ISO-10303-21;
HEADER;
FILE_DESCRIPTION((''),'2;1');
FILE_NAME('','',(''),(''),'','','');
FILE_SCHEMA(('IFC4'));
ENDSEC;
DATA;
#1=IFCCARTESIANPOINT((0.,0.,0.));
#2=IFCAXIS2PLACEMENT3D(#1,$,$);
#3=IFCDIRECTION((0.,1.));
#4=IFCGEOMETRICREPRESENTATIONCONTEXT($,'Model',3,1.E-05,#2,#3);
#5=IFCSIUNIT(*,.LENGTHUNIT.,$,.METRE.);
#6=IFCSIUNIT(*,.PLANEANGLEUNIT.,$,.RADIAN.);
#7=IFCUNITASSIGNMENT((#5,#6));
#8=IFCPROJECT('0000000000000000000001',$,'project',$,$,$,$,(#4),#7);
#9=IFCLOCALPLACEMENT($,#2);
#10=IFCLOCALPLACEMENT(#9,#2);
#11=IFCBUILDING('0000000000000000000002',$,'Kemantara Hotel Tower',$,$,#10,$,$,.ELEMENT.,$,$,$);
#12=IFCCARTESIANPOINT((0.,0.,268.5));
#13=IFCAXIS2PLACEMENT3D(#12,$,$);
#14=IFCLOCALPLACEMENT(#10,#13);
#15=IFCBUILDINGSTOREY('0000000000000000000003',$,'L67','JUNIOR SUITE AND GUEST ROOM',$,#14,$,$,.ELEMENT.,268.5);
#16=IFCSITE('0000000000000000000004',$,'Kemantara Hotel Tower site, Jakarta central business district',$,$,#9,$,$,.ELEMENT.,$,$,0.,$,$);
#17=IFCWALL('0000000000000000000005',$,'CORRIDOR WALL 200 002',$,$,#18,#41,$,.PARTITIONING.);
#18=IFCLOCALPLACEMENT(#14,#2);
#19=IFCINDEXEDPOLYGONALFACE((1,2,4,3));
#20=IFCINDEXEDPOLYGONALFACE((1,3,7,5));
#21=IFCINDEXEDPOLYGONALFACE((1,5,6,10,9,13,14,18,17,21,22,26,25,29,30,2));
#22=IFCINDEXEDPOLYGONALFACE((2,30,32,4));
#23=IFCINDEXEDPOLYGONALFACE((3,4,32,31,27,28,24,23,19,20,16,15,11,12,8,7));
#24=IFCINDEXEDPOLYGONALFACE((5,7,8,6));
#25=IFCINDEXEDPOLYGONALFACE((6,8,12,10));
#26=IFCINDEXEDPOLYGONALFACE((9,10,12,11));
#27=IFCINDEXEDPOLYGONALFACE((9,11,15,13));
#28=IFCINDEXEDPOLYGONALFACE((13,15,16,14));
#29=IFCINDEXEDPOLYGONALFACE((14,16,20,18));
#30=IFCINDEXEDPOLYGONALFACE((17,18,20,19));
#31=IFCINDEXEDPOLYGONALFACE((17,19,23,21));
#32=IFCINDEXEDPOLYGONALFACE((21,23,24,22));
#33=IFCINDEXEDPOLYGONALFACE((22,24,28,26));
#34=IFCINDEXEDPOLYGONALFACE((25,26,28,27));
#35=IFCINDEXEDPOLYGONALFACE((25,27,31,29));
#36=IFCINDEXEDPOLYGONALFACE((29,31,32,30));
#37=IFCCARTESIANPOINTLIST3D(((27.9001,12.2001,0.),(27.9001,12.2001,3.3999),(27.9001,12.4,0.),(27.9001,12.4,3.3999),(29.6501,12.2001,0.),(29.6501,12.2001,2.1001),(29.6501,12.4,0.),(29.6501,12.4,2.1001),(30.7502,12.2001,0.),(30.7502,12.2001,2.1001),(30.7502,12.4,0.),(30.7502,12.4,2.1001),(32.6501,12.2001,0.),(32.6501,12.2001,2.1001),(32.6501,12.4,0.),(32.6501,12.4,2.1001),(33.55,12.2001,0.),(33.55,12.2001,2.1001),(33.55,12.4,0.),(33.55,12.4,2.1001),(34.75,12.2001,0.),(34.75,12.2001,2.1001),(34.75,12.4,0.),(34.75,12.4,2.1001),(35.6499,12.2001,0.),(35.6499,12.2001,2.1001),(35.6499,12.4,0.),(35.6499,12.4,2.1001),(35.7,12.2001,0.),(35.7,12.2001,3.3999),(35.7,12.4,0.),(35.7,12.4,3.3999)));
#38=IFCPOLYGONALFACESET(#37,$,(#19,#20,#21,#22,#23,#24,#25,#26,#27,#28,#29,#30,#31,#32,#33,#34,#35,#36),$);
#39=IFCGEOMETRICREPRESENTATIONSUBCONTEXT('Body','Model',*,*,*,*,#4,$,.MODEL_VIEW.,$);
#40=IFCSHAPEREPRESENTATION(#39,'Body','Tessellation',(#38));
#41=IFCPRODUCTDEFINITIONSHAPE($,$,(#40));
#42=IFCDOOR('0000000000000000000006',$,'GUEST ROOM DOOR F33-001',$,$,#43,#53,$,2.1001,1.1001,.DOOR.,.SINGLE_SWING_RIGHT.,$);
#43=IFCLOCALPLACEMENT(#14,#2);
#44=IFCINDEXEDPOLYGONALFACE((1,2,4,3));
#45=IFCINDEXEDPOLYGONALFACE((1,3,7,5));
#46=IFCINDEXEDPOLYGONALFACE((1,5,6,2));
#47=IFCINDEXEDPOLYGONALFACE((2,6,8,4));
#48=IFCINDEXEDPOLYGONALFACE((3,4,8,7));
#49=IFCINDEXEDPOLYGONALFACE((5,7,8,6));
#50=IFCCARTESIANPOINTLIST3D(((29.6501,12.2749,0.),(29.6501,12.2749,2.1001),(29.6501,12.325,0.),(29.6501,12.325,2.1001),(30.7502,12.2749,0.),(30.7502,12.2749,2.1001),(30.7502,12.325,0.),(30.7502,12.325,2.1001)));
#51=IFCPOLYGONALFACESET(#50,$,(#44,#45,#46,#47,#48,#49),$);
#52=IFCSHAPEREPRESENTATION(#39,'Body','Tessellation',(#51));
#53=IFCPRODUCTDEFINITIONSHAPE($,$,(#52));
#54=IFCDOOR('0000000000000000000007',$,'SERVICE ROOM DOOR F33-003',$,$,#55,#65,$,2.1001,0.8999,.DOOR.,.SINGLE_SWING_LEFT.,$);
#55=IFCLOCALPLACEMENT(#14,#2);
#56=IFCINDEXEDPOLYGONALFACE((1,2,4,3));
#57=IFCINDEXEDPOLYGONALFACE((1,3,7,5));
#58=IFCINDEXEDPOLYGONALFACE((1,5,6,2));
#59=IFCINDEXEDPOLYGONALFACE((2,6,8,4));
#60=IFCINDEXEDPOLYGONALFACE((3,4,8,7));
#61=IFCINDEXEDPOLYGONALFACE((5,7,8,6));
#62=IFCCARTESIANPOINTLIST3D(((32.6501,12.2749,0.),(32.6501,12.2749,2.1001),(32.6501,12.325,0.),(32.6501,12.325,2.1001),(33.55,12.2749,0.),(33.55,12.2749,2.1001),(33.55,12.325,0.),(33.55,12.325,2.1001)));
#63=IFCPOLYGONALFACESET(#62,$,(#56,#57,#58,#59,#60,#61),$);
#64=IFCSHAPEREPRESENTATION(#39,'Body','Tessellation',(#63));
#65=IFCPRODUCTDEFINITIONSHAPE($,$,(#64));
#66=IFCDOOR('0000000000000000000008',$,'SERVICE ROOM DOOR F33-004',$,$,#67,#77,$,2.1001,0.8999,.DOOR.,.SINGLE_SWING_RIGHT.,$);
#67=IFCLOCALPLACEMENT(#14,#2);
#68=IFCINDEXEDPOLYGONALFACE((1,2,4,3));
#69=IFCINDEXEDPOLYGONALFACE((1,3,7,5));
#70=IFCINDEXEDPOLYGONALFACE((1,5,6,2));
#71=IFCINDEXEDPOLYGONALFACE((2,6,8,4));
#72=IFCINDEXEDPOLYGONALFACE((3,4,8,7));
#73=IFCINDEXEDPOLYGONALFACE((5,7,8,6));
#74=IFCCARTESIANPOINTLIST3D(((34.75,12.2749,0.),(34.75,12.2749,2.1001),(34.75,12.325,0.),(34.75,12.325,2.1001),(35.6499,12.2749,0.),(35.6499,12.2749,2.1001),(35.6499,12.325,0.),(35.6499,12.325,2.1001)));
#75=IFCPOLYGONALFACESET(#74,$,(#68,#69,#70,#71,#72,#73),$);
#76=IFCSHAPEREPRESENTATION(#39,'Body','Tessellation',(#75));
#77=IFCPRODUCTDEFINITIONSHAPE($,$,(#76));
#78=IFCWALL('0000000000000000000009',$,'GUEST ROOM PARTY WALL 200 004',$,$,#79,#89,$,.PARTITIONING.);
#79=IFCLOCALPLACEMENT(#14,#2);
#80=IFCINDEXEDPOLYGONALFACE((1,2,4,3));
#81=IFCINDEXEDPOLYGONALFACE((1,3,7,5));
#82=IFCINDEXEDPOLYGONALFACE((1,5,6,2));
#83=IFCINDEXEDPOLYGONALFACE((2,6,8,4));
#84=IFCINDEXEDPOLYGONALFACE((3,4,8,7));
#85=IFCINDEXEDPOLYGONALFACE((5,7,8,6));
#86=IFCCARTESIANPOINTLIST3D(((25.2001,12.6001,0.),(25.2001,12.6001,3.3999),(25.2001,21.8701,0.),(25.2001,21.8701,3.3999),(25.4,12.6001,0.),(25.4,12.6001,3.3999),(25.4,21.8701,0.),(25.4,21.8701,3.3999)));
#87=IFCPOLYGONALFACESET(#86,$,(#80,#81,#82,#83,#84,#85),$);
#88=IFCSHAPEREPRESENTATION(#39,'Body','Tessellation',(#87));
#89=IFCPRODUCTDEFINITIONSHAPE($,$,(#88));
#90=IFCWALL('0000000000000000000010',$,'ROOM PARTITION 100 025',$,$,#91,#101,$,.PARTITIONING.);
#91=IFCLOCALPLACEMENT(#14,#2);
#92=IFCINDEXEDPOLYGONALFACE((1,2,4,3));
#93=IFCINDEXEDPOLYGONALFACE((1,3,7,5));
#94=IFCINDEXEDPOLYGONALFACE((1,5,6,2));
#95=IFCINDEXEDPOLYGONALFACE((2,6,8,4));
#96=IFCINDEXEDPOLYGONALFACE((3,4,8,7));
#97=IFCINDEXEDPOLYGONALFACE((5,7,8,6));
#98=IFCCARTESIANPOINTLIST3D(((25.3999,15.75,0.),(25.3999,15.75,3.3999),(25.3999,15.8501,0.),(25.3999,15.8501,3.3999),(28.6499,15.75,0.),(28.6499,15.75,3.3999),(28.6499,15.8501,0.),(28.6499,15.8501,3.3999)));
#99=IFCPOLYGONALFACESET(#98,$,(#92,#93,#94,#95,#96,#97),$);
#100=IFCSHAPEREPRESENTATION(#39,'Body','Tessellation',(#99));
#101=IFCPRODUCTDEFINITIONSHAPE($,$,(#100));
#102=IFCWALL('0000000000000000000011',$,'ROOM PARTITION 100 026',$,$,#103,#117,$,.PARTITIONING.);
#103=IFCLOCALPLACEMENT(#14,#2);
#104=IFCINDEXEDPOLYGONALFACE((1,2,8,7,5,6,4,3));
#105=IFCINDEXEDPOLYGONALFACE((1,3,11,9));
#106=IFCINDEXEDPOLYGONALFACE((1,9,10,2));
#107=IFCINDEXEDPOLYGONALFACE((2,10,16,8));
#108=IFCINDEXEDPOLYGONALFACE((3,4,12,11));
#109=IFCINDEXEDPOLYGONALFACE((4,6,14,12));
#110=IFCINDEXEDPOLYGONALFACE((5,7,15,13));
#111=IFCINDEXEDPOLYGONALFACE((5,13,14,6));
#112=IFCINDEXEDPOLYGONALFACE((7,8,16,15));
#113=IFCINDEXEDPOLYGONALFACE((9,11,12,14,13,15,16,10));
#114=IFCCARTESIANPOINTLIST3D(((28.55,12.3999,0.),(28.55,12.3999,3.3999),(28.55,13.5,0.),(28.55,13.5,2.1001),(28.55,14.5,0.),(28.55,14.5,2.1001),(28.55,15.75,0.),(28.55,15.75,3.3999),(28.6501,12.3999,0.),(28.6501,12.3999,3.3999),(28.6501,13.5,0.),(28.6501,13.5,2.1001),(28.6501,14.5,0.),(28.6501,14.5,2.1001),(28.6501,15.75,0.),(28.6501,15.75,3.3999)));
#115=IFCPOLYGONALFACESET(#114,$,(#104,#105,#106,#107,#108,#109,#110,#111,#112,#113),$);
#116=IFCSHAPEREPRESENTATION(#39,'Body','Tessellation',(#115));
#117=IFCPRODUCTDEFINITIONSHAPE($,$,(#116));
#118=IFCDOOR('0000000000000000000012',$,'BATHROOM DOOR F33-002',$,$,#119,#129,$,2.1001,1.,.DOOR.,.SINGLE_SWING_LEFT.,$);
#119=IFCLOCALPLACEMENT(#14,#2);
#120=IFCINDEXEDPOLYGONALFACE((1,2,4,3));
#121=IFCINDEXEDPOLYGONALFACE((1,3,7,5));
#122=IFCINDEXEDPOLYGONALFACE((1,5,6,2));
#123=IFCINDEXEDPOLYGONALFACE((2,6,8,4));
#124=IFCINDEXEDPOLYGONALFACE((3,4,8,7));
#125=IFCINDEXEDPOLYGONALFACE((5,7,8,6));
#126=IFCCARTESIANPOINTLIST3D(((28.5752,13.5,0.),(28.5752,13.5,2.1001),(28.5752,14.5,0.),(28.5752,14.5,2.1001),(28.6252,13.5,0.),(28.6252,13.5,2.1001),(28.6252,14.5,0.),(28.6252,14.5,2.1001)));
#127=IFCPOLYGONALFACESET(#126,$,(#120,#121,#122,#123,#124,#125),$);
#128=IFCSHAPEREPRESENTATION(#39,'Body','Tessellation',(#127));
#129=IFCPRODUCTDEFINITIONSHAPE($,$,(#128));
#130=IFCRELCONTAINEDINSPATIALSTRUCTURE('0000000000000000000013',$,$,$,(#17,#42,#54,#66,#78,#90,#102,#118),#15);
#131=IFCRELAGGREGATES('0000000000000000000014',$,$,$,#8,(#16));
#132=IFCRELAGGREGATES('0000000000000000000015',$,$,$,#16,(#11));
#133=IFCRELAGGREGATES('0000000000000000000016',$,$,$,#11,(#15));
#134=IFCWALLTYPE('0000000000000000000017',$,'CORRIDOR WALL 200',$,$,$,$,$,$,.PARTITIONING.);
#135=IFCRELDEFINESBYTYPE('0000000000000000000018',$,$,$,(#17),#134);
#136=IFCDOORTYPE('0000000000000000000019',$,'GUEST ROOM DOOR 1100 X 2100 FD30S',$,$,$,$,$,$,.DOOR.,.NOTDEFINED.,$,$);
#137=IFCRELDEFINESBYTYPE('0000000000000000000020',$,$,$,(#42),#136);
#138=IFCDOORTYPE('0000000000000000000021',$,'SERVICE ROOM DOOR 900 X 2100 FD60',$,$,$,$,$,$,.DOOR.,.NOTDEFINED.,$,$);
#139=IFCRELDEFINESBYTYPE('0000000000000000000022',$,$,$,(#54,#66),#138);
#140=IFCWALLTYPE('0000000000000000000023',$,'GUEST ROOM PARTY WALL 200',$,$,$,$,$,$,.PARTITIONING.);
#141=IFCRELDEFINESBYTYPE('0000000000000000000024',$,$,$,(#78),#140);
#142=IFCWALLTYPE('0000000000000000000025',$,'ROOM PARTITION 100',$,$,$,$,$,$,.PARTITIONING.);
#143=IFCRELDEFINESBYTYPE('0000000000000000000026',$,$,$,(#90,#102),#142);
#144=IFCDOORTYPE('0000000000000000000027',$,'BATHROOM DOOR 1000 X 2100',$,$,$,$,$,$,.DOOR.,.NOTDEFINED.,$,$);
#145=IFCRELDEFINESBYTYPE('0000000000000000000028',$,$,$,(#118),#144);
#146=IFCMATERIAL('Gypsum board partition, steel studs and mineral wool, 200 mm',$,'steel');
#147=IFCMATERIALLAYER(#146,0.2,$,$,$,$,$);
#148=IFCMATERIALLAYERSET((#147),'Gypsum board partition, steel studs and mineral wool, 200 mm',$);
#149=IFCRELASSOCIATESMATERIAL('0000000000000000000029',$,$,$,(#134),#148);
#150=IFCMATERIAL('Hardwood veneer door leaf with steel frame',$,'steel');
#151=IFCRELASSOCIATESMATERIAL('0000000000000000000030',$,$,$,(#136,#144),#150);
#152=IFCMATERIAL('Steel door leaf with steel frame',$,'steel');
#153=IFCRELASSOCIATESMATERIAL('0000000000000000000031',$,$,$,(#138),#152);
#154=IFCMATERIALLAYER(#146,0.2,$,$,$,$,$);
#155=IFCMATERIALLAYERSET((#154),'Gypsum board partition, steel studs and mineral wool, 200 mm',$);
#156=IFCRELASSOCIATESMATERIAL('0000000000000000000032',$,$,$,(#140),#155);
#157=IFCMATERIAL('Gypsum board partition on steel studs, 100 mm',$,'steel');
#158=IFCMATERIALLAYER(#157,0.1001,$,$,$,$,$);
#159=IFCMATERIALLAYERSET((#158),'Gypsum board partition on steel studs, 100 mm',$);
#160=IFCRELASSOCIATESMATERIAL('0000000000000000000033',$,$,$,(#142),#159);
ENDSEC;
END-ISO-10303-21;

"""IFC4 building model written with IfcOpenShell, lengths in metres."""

from ifc_helpers import new_model, si_unit, direction, frame, frame_2d, origin, place, context, subcontext, project, spatial, rectangle, extrude, material, layer, layer_set, type_object, element, fill, save


model = new_model("IFC4")

# Units and contexts
model_context = context("Model", 3, precision=1e-05, world=origin(), true_north=direction((0.0, 1.0)))
body_context = subcontext(model_context, "Body", "Model", "MODEL_VIEW")
ifc_project = project(units=[si_unit("LENGTHUNIT", "METRE"), si_unit("PLANEANGLEUNIT", "RADIAN")], contexts=[model_context])

# Site, building, storey
site_placement = place(None, origin())
site = spatial("IfcSite", under=ifc_project, at=site_placement, Name="Kemantara Hotel Tower site, Jakarta central business district", CompositionType="ELEMENT", RefElevation=0.0)
building_placement = place(site_placement, origin())
building = spatial("IfcBuilding", under=site, at=building_placement, Name="Kemantara Hotel Tower", CompositionType="ELEMENT")
storey_placement = place(building_placement, frame((0.0, 0.0, 268.5)))
storey = spatial("IfcBuildingStorey", under=building, at=storey_placement, Name="L67", Description="JUNIOR SUITE AND GUEST ROOM", CompositionType="ELEMENT", Elevation=268.5)

# Shared definitions
ifc_material_1 = material(Name="Gypsum board partition, steel studs and mineral wool, 200 mm", Category="steel")
ifc_layer_1 = layer(ifc_material_1, 0.2)
ifc_layer_set_1 = layer_set([ifc_layer_1], Name="Gypsum board partition, steel studs and mineral wool, 200 mm")
wall_type_1 = type_object("IfcWallType", Name="CORRIDOR WALL 200", PredefinedType="PARTITIONING", material=ifc_layer_set_1)

# Wall, openings, doors
wall_1_placement = place(storey_placement, frame((27.9001, 12.3, 0.0), z_axis=(0.0, 0.0, 1.0), x_axis=(1.0, 0.0, 0.0)))
wall_1 = element("IfcWall", 1, at=wall_1_placement, inside=storey, type_object=wall_type_1, Name="CORRIDOR WALL 200 002", PredefinedType="PARTITIONING", context=body_context, shape_type="SweptSolid", body=[
    extrude(rectangle(XDim=7.7998, YDim=0.2, at=frame_2d((3.8999, 0.0))), origin(), (0.0, 0.0, 1.0), 3.3999),
])
opening_1_placement = place(wall_1_placement, frame((1.75, 0.0, 0.0)))
opening_1 = element("IfcOpeningElement", 2, at=opening_1_placement, cuts=wall_1, PredefinedType="OPENING", context=body_context, shape_type="SweptSolid", body=[
    extrude(rectangle(XDim=1.1001, YDim=2.1001, at=frame_2d((0.55, 1.05))), frame((0.0, 0.1099, 0.0), z_axis=(0.0, -1.0, 0.0), x_axis=(1.0, 0.0, 0.0)), (0.0, 0.0, 1.0), 0.22),
])
opening_2_placement = place(wall_1_placement, frame((4.75, 0.0, 0.0)))
opening_2 = element("IfcOpeningElement", 3, at=opening_2_placement, cuts=wall_1, PredefinedType="OPENING", context=body_context, shape_type="SweptSolid", body=[
    extrude(rectangle(XDim=0.8999, YDim=2.1001, at=frame_2d((0.45, 1.05))), frame((0.0, 0.1099, 0.0), z_axis=(0.0, -1.0, 0.0), x_axis=(1.0, 0.0, 0.0)), (0.0, 0.0, 1.0), 0.22),
])
opening_3_placement = place(wall_1_placement, frame((6.8499, 0.0, 0.0)))
opening_3 = element("IfcOpeningElement", 4, at=opening_3_placement, cuts=wall_1, PredefinedType="OPENING", context=body_context, shape_type="SweptSolid", body=[
    extrude(rectangle(XDim=0.8999, YDim=2.1001, at=frame_2d((0.45, 1.05))), frame((0.0, 0.1099, 0.0), z_axis=(0.0, -1.0, 0.0), x_axis=(1.0, 0.0, 0.0)), (0.0, 0.0, 1.0), 0.22),
])
ifc_material_2 = material(Name="Hardwood veneer door leaf with steel frame", Category="steel")
door_type_1 = type_object("IfcDoorType", Name="GUEST ROOM DOOR 1100 X 2100 FD30S", OperationType="NOTDEFINED", PredefinedType="DOOR", material=ifc_material_2)
door_1_placement = place(opening_1_placement, origin())
door_1 = element("IfcDoor", 5, at=door_1_placement, inside=storey, type_object=door_type_1, Name="GUEST ROOM DOOR F33-001", OperationType="SINGLE_SWING_RIGHT", OverallHeight=2.1001, OverallWidth=1.1001, PredefinedType="DOOR", context=body_context, shape_type="SweptSolid", body=[
    extrude(rectangle(XDim=1.1001, YDim=2.1001, at=frame_2d((0.55, 1.05))), frame((0.0, 0.0249, 0.0), z_axis=(0.0, -1.0, 0.0), x_axis=(1.0, 0.0, 0.0)), (0.0, 0.0, 1.0), 0.05),
])
fill(opening_1, door_1)
ifc_material_3 = material(Name="Steel door leaf with steel frame", Category="steel")
door_type_2 = type_object("IfcDoorType", Name="SERVICE ROOM DOOR 900 X 2100 FD60", OperationType="NOTDEFINED", PredefinedType="DOOR", material=ifc_material_3)
door_2_placement = place(opening_2_placement, origin())
door_2 = element("IfcDoor", 6, at=door_2_placement, inside=storey, type_object=door_type_2, Name="SERVICE ROOM DOOR F33-003", OperationType="SINGLE_SWING_LEFT", OverallHeight=2.1001, OverallWidth=0.8999, PredefinedType="DOOR", context=body_context, shape_type="SweptSolid", body=[
    extrude(rectangle(XDim=0.8999, YDim=2.1001, at=frame_2d((0.45, 1.05))), frame((0.0, 0.0249, 0.0), z_axis=(0.0, -1.0, 0.0), x_axis=(1.0, 0.0, 0.0)), (0.0, 0.0, 1.0), 0.05),
])
fill(opening_2, door_2)
door_3_placement = place(opening_3_placement, origin())
door_3 = element("IfcDoor", 7, at=door_3_placement, inside=storey, type_object=door_type_2, Name="SERVICE ROOM DOOR F33-004", OperationType="SINGLE_SWING_RIGHT", OverallHeight=2.1001, OverallWidth=0.8999, PredefinedType="DOOR", context=body_context, shape_type="SweptSolid", body=[
    extrude(rectangle(XDim=0.8999, YDim=2.1001, at=frame_2d((0.45, 1.05))), frame((0.0, 0.0249, 0.0), z_axis=(0.0, -1.0, 0.0), x_axis=(1.0, 0.0, 0.0)), (0.0, 0.0, 1.0), 0.05),
])
fill(opening_3, door_3)

# Walls
ifc_layer_2 = layer(ifc_material_1, 0.2)
ifc_layer_set_2 = layer_set([ifc_layer_2], Name="Gypsum board partition, steel studs and mineral wool, 200 mm")
wall_type_2 = type_object("IfcWallType", Name="GUEST ROOM PARTY WALL 200", PredefinedType="PARTITIONING", material=ifc_layer_set_2)
wall_2_placement = place(storey_placement, frame((25.3, 12.6001, 0.0), z_axis=(0.0, 0.0, 1.0), x_axis=(0.0, 1.0, 0.0)))
element("IfcWall", 8, at=wall_2_placement, inside=storey, type_object=wall_type_2, Name="GUEST ROOM PARTY WALL 200 004", PredefinedType="PARTITIONING", context=body_context, shape_type="SweptSolid", body=[
    extrude(rectangle(XDim=9.27, YDim=0.2, at=frame_2d((4.635, 0.0))), origin(), (0.0, 0.0, 1.0), 3.3999),
])
ifc_material_4 = material(Name="Gypsum board partition on steel studs, 100 mm", Category="steel")
ifc_layer_3 = layer(ifc_material_4, 0.1001)
ifc_layer_set_3 = layer_set([ifc_layer_3], Name="Gypsum board partition on steel studs, 100 mm")
wall_type_3 = type_object("IfcWallType", Name="ROOM PARTITION 100", PredefinedType="PARTITIONING", material=ifc_layer_set_3)
wall_3_placement = place(storey_placement, frame((25.3999, 15.8, 0.0), z_axis=(0.0, 0.0, 1.0), x_axis=(1.0, 0.0, 0.0)))
element("IfcWall", 9, at=wall_3_placement, inside=storey, type_object=wall_type_3, Name="ROOM PARTITION 100 025", PredefinedType="PARTITIONING", context=body_context, shape_type="SweptSolid", body=[
    extrude(rectangle(XDim=3.25, YDim=0.1001, at=frame_2d((1.625, 0.0))), origin(), (0.0, 0.0, 1.0), 3.3999),
])

# Wall, opening, door
wall_4_placement = place(storey_placement, frame((28.6001, 12.3999, 0.0), z_axis=(0.0, 0.0, 1.0), x_axis=(0.0, 1.0, 0.0)))
wall_4 = element("IfcWall", 10, at=wall_4_placement, inside=storey, type_object=wall_type_3, Name="ROOM PARTITION 100 026", PredefinedType="PARTITIONING", context=body_context, shape_type="SweptSolid", body=[
    extrude(rectangle(XDim=3.3501, YDim=0.1001, at=frame_2d((1.675, 0.0))), origin(), (0.0, 0.0, 1.0), 3.3999),
])
opening_4_placement = place(wall_4_placement, frame((1.1001, 0.0, 0.0)))
opening_4 = element("IfcOpeningElement", 11, at=opening_4_placement, cuts=wall_4, PredefinedType="OPENING", context=body_context, shape_type="SweptSolid", body=[
    extrude(rectangle(XDim=1.0, YDim=2.1001, at=frame_2d((0.5, 1.05))), frame((0.0, 0.0601, 0.0), z_axis=(0.0, -1.0, 0.0), x_axis=(1.0, 0.0, 0.0)), (0.0, 0.0, 1.0), 0.1201),
])
door_type_3 = type_object("IfcDoorType", Name="BATHROOM DOOR 1000 X 2100", OperationType="NOTDEFINED", PredefinedType="DOOR", material=ifc_material_2)
door_4_placement = place(opening_4_placement, origin())
door_4 = element("IfcDoor", 12, at=door_4_placement, inside=storey, type_object=door_type_3, Name="BATHROOM DOOR F33-002", OperationType="SINGLE_SWING_LEFT", OverallHeight=2.1001, OverallWidth=1.0, PredefinedType="DOOR", context=body_context, shape_type="SweptSolid", body=[
    extrude(rectangle(XDim=1.0, YDim=2.1001, at=frame_2d((0.5, 1.05))), frame((0.0, 0.0249, 0.0), z_axis=(0.0, -1.0, 0.0), x_axis=(1.0, 0.0, 0.0)), (0.0, 0.0, 1.0), 0.05),
])
fill(opening_4, door_4)

save(model, "model.ifc")
